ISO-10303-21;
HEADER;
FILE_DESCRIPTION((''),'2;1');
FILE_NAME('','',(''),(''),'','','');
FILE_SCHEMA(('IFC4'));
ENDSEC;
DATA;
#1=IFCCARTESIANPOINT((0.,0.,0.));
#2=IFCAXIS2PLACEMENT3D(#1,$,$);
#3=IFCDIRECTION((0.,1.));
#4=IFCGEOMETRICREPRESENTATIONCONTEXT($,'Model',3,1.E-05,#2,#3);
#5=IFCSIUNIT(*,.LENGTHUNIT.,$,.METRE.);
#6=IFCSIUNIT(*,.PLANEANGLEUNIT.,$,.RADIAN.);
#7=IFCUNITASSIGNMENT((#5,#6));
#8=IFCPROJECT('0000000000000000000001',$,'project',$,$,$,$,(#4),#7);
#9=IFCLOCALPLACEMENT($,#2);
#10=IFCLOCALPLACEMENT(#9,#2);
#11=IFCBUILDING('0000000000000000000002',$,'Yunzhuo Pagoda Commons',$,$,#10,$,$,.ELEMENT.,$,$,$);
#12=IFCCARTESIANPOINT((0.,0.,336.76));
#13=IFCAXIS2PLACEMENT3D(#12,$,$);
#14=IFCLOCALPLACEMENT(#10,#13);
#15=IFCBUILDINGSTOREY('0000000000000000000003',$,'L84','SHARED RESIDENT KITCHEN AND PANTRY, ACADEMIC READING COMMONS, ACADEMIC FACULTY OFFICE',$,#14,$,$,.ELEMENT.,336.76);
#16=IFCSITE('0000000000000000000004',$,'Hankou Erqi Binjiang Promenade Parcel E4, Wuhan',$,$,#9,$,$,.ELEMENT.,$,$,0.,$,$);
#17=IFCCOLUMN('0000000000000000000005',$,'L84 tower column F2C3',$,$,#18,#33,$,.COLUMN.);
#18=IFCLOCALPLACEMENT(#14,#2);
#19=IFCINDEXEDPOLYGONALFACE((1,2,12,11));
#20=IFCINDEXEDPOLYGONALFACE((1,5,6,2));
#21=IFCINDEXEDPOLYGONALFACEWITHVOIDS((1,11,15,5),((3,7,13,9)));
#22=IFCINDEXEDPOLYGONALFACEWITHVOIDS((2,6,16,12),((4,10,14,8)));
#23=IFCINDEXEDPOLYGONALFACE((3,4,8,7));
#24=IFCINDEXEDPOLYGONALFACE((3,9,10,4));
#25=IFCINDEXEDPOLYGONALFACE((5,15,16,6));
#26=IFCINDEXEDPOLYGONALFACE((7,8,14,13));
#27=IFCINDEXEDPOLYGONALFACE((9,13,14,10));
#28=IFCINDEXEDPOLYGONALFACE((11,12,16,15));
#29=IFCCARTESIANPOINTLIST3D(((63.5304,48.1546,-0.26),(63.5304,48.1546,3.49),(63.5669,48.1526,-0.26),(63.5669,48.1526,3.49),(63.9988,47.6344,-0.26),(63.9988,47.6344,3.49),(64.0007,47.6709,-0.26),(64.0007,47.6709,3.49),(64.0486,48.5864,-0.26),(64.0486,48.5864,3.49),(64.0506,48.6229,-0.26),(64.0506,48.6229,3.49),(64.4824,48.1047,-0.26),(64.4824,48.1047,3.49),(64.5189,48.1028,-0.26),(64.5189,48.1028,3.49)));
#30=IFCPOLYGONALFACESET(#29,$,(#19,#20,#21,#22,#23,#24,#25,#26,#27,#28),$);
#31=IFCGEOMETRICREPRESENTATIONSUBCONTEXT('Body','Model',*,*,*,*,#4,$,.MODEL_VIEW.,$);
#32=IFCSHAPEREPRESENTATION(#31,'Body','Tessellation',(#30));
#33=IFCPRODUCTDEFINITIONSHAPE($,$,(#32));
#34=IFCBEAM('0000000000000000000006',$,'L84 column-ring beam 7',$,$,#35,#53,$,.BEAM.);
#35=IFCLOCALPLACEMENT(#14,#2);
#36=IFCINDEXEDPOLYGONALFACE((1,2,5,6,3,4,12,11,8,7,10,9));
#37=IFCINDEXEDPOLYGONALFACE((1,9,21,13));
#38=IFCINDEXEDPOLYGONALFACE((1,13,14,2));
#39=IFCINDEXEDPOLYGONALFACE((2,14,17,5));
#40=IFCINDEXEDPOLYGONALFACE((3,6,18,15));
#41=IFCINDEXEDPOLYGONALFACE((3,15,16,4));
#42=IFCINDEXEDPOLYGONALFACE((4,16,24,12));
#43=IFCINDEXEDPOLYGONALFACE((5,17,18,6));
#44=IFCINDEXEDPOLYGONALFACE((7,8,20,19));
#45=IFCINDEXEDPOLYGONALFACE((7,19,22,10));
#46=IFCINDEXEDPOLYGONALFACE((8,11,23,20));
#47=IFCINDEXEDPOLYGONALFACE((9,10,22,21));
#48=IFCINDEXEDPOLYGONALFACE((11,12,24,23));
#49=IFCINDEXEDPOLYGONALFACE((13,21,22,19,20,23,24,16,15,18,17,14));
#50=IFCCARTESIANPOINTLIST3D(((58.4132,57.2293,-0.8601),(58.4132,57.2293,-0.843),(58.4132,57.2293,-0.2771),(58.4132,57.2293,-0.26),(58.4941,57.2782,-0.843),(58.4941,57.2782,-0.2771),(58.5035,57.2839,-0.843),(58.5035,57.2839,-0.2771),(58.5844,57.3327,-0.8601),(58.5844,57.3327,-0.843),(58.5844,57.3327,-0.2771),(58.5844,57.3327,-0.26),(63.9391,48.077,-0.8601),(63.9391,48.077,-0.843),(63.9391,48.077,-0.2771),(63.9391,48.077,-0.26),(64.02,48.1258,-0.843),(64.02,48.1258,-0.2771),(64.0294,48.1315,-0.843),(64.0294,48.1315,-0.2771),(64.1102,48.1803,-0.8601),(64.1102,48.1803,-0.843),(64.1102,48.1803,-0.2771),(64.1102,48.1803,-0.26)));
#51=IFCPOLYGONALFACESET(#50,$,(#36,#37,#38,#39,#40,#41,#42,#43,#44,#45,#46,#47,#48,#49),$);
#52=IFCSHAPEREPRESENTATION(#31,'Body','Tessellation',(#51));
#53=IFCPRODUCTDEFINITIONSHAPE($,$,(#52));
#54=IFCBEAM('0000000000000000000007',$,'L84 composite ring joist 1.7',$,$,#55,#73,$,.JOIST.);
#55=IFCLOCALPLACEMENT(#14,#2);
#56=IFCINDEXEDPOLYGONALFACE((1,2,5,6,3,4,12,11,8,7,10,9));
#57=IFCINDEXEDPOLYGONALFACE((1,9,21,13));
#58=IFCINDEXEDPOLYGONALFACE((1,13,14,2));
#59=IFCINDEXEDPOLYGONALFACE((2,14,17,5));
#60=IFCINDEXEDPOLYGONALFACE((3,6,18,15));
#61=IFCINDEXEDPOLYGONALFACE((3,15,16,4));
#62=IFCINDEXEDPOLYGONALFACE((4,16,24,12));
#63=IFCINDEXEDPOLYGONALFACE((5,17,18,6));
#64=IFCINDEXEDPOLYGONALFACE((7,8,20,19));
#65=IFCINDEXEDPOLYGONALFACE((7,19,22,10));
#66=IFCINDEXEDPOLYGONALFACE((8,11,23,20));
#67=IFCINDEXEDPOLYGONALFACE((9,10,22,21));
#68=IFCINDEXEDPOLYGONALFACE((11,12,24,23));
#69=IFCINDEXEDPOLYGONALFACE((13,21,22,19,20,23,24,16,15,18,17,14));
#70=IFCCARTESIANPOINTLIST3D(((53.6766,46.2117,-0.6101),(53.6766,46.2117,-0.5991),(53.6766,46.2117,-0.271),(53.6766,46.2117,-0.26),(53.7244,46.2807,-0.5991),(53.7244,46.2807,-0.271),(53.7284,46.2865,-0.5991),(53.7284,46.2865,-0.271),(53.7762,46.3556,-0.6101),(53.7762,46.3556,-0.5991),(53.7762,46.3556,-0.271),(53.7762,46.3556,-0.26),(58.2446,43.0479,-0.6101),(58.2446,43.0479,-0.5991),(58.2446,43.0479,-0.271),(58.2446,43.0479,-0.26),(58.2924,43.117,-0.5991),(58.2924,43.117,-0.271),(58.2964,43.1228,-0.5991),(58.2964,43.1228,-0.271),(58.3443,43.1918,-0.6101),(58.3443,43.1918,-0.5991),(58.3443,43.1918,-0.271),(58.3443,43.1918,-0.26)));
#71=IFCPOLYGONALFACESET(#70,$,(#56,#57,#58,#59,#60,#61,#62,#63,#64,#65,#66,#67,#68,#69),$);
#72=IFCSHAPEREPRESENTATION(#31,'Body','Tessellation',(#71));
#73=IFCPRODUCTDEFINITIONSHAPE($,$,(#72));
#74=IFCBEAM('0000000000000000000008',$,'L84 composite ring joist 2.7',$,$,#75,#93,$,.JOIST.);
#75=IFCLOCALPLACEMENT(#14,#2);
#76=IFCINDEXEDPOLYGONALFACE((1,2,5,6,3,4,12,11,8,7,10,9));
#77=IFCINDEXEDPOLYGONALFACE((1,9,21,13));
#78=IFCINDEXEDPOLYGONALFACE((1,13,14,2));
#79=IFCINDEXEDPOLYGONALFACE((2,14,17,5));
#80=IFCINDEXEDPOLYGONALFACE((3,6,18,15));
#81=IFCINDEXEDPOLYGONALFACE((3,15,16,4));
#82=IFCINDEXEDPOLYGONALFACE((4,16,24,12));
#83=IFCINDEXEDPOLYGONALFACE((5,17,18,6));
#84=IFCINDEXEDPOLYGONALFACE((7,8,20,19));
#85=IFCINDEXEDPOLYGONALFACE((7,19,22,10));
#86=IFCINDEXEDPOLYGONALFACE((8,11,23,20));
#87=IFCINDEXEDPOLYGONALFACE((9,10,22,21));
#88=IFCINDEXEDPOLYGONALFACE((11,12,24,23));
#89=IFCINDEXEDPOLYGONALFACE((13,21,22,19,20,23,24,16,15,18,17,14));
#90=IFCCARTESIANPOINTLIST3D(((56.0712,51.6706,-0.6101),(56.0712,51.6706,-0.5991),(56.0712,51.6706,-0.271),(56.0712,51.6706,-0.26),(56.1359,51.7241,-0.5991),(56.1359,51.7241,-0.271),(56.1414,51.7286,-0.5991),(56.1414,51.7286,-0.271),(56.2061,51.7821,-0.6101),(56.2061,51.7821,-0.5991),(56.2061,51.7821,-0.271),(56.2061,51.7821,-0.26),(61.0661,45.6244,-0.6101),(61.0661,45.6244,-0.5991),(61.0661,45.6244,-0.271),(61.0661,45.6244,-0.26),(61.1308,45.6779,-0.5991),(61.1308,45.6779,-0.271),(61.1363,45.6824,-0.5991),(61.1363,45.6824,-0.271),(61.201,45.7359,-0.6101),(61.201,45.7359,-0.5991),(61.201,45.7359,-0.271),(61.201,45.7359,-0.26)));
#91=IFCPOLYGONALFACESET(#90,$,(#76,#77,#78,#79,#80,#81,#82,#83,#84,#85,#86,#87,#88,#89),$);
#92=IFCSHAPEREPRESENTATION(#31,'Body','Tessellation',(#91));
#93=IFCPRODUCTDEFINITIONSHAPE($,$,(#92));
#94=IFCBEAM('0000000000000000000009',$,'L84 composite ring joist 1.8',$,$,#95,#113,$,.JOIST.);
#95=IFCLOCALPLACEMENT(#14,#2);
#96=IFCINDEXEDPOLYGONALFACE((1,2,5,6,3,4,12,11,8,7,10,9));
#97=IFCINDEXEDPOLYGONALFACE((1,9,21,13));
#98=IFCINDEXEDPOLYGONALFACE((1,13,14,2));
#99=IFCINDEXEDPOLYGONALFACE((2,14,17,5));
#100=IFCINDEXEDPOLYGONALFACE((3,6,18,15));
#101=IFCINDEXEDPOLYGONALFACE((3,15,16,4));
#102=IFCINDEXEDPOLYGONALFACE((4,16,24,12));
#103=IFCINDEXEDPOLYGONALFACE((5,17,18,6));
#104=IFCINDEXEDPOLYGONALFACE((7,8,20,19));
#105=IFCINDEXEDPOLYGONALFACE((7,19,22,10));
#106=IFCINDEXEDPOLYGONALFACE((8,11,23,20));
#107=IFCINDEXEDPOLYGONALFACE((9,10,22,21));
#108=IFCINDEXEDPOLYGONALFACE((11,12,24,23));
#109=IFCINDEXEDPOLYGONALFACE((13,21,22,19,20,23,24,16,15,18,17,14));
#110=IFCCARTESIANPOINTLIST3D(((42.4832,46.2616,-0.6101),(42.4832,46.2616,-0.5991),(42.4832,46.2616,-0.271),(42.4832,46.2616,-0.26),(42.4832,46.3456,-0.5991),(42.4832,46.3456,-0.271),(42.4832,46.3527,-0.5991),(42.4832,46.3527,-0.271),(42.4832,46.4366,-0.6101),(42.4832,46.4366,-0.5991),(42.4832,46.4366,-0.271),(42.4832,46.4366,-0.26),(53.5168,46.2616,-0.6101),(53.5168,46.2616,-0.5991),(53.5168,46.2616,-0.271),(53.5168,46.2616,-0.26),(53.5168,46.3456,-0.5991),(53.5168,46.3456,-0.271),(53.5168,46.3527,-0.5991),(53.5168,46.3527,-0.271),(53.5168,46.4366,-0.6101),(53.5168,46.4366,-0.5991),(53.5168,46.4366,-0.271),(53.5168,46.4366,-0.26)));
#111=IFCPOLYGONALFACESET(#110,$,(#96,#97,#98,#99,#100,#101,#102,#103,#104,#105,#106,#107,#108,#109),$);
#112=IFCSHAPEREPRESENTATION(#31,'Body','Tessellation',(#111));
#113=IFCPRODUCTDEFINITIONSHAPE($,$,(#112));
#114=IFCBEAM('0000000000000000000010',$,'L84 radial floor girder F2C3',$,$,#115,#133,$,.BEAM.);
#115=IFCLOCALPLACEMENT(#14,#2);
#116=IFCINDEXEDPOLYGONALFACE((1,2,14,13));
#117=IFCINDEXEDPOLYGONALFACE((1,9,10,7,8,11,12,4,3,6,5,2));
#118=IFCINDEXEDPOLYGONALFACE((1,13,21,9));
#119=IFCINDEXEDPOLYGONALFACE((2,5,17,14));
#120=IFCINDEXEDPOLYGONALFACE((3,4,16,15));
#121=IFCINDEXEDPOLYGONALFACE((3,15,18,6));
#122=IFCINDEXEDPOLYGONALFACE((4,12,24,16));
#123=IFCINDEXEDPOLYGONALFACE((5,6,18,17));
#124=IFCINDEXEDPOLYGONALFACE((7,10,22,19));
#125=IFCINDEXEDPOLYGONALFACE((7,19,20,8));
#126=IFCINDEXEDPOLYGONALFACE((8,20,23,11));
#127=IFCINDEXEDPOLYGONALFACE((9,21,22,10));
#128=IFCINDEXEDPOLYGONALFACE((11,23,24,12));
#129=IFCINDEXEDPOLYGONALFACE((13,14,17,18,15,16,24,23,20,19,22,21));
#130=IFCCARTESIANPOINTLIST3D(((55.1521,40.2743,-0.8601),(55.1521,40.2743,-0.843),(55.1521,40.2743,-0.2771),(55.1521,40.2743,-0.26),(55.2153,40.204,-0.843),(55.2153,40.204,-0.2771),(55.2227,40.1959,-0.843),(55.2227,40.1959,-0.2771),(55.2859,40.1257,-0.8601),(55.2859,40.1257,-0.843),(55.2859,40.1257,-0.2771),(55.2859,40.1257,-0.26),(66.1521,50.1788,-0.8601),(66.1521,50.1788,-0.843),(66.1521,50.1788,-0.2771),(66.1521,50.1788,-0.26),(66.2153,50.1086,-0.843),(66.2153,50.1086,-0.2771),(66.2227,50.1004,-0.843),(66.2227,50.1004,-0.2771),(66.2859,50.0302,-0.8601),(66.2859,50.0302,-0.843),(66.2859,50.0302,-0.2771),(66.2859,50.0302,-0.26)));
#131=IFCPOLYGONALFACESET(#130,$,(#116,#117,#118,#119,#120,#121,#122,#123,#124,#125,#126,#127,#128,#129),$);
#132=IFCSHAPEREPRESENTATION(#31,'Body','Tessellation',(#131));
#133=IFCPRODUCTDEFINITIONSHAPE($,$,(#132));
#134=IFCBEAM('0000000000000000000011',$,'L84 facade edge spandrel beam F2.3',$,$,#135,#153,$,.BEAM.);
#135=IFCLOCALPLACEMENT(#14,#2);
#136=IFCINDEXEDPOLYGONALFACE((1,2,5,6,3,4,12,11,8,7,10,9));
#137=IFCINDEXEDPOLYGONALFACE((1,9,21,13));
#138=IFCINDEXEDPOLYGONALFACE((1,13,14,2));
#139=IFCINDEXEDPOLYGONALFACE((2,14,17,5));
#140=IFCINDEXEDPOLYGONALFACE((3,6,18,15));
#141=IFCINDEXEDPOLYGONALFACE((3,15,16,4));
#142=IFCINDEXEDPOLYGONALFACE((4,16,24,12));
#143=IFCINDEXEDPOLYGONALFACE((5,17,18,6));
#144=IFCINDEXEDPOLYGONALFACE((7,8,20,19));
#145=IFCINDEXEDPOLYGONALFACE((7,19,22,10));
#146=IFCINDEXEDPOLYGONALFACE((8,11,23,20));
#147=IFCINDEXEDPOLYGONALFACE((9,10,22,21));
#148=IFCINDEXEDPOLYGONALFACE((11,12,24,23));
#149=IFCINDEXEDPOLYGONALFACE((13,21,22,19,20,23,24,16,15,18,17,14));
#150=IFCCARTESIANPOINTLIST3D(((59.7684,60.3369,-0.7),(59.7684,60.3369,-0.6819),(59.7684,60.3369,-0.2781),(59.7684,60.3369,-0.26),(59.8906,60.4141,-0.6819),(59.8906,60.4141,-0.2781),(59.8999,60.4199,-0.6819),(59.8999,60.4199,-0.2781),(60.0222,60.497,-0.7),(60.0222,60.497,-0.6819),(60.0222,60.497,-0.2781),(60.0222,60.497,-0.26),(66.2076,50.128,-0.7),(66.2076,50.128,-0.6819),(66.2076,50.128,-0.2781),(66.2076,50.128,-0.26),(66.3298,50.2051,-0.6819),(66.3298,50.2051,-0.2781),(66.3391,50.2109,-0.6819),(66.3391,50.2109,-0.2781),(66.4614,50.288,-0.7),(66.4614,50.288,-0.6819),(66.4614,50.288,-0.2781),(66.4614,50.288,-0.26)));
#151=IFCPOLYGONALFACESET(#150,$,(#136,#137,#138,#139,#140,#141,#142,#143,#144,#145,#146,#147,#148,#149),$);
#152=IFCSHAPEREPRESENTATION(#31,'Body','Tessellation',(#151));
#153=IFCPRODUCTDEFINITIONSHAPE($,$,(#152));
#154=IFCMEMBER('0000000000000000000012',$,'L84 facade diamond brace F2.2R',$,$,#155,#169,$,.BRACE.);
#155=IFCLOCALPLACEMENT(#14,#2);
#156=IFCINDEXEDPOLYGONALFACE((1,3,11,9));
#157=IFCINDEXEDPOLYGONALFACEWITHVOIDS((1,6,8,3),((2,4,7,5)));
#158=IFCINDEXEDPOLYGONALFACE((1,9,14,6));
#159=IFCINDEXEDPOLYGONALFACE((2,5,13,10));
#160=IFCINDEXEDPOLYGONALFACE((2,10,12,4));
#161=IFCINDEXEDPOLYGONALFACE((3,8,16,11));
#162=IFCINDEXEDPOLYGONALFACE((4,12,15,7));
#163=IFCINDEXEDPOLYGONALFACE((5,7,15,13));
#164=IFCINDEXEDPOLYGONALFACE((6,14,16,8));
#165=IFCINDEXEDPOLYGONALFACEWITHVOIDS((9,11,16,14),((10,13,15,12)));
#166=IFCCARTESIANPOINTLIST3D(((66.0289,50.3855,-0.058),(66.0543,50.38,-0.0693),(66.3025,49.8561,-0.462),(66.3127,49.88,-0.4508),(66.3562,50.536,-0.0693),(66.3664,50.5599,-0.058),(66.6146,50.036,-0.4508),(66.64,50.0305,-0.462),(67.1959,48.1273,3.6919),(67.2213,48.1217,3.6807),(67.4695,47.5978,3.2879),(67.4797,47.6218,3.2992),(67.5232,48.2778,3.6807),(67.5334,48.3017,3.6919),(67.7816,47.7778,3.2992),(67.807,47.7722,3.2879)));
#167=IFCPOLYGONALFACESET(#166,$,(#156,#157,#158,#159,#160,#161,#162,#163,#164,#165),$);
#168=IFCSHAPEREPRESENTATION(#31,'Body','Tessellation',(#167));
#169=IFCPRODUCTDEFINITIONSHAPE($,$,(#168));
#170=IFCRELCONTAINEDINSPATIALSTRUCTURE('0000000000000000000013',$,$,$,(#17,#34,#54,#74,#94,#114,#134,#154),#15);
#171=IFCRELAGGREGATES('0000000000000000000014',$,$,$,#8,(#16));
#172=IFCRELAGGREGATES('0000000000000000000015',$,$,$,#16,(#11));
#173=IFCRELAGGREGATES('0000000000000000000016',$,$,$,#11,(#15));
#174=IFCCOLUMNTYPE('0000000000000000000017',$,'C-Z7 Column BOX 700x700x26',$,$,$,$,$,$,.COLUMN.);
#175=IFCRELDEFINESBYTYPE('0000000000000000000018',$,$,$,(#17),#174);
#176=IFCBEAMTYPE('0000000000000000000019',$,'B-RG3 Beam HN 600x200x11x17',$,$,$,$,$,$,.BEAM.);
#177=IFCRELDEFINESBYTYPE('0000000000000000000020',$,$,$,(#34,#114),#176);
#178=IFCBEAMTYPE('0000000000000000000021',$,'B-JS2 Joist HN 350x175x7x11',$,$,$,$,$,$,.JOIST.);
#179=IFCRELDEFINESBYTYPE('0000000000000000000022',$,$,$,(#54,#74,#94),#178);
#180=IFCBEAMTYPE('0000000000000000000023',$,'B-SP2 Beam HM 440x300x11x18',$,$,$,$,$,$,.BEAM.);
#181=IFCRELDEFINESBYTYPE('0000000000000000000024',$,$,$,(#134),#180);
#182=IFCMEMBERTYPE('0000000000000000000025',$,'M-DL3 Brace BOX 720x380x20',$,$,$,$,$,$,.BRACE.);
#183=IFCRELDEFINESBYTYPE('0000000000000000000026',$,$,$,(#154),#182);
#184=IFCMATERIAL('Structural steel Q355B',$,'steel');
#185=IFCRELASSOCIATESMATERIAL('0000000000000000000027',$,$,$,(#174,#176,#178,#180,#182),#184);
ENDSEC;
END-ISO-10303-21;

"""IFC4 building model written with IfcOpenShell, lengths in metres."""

from ifc_helpers import new_model, si_unit, direction, frame, origin, origin_2d, place, context, subcontext, project, spatial, hollow_rectangle, i_section, extrude, source, transform, mapped, material, material_profile, profile_set, type_object, element, save


model = new_model("IFC4")

# Units and contexts
model_context = context("Model", 3, precision=1e-05, world=origin(), true_north=direction((0.0, 1.0)))
body_context = subcontext(model_context, "Body", "Model", "MODEL_VIEW")
ifc_project = project(units=[si_unit("LENGTHUNIT", "METRE"), si_unit("PLANEANGLEUNIT", "RADIAN")], contexts=[model_context])

# Site, building, storey
site_placement = place(None, origin())
site = spatial("IfcSite", under=ifc_project, at=site_placement, Name="Hankou Erqi Binjiang Promenade Parcel E4, Wuhan", CompositionType="ELEMENT", RefElevation=0.0)
building_placement = place(site_placement, origin())
building = spatial("IfcBuilding", under=site, at=building_placement, Name="Yunzhuo Pagoda Commons", CompositionType="ELEMENT")
storey_placement = place(building_placement, frame((0.0, 0.0, 336.76)))
storey = spatial("IfcBuildingStorey", under=building, at=storey_placement, Name="L84", Description="SHARED RESIDENT KITCHEN AND PANTRY, ACADEMIC READING COMMONS, ACADEMIC FACULTY OFFICE", CompositionType="ELEMENT", Elevation=336.76)

# Column
ifc_material_1 = material(Name="Structural steel Q355B", Category="steel")
ifc_material_profile_1 = material_profile(ifc_material_1, hollow_rectangle(XDim=0.7, YDim=0.7, WallThickness=0.0259, at=origin_2d()), Name="Structural steel Q355B")
ifc_profile_set_1 = profile_set([ifc_material_profile_1], Name="Structural steel Q355B")
column_type = type_object("IfcColumnType", Name="C-Z7 Column BOX 700x700x26", PredefinedType="COLUMN", material=ifc_profile_set_1)
shared_shape_1 = source(origin(), body_context, "Body", "SweptSolid", [
    extrude(hollow_rectangle(XDim=0.7, YDim=0.7, WallThickness=0.0259, at=origin_2d()), origin(), (0.0, 0.0, 1.0), 3.75),
])
column_placement = place(storey_placement, frame((64.0247, 48.1287, -0.26), z_axis=(0.0, 0.0, 1.0), x_axis=(-0.669131, 0.743145, 0.0)))
element("IfcColumn", 1, at=column_placement, inside=storey, type_object=column_type, Name="L84 tower column F2C3", PredefinedType="COLUMN", context=body_context, shape_type="MappedRepresentation", body=[
    mapped(shared_shape_1, transform((0.0, 0.0, 0.0), scale=1.0)),
])

# Beams
ifc_material_profile_2 = material_profile(ifc_material_1, i_section(OverallWidth=0.2, OverallDepth=0.6001, WebThickness=0.011, FlangeThickness=0.0171, at=origin_2d()), Name="Structural steel Q355B")
ifc_profile_set_2 = profile_set([ifc_material_profile_2], Name="Structural steel Q355B")
beam_type_1 = type_object("IfcBeamType", Name="B-RG3 Beam HN 600x200x11x17", PredefinedType="BEAM", material=ifc_profile_set_2)
shared_shape_2 = source(origin(), body_context, "Body", "SweptSolid", [
    extrude(i_section(OverallWidth=0.2, OverallDepth=0.6001, WebThickness=0.011, FlangeThickness=0.0171, at=origin_2d()), origin(), (0.0, 0.0, 1.0), 10.6912),
])
beam_1_placement = place(storey_placement, frame((64.0247, 48.1287, -0.5601), z_axis=(-0.516865, 0.856067, 0.0), x_axis=(-0.856067, -0.516865, 0.0)))
element("IfcBeam", 2, at=beam_1_placement, inside=storey, type_object=beam_type_1, Name="L84 column-ring beam 7", PredefinedType="BEAM", context=body_context, shape_type="MappedRepresentation", body=[
    mapped(shared_shape_2, transform((0.0, 0.0, 0.0), scale=1.0)),
])
ifc_material_profile_3 = material_profile(ifc_material_1, i_section(OverallWidth=0.175, OverallDepth=0.3501, WebThickness=0.0071, FlangeThickness=0.011, at=origin_2d()), Name="Structural steel Q355B")
ifc_profile_set_3 = profile_set([ifc_material_profile_3], Name="Structural steel Q355B")
beam_type_2 = type_object("IfcBeamType", Name="B-JS2 Joist HN 350x175x7x11", PredefinedType="JOIST", material=ifc_profile_set_3)
shared_shape_3 = source(origin(), body_context, "Body", "SweptSolid", [
    extrude(i_section(OverallWidth=0.175, OverallDepth=0.3501, WebThickness=0.0071, FlangeThickness=0.011, at=origin_2d()), origin(), (0.0, 0.0, 1.0), 5.5566),
])
beam_2_placement = place(storey_placement, frame((58.2944, 43.1199, -0.4351), z_axis=(-0.822085, 0.569365, 0.0), x_axis=(-0.569365, -0.822085, 0.0)))
element("IfcBeam", 3, at=beam_2_placement, inside=storey, type_object=beam_type_2, Name="L84 composite ring joist 1.7", PredefinedType="JOIST", context=body_context, shape_type="MappedRepresentation", body=[
    mapped(shared_shape_3, transform((0.0, 0.0, 0.0), scale=1.0)),
])
shared_shape_4 = source(origin(), body_context, "Body", "SweptSolid", [
    extrude(i_section(OverallWidth=0.175, OverallDepth=0.3501, WebThickness=0.0071, FlangeThickness=0.011, at=origin_2d()), origin(), (0.0, 0.0, 1.0), 7.8425),
])
beam_3_placement = place(storey_placement, frame((61.1335, 45.6802, -0.4351), z_axis=(-0.636899, 0.770947, 0.0), x_axis=(-0.770947, -0.636899, 0.0)))
element("IfcBeam", 4, at=beam_3_placement, inside=storey, type_object=beam_type_2, Name="L84 composite ring joist 2.7", PredefinedType="JOIST", context=body_context, shape_type="MappedRepresentation", body=[
    mapped(shared_shape_4, transform((0.0, 0.0, 0.0), scale=1.0)),
])
shared_shape_5 = source(origin(), body_context, "Body", "SweptSolid", [
    extrude(i_section(OverallWidth=0.175, OverallDepth=0.3501, WebThickness=0.0071, FlangeThickness=0.011, at=origin_2d()), origin(), (0.0, 0.0, 1.0), 11.0337),
])
beam_4_placement = place(storey_placement, frame((53.5168, 46.3491, -0.4351), z_axis=(-1.0, 0.0, 0.0), x_axis=(0.0, -1.0, 0.0)))
element("IfcBeam", 5, at=beam_4_placement, inside=storey, type_object=beam_type_2, Name="L84 composite ring joist 1.8", PredefinedType="JOIST", context=body_context, shape_type="MappedRepresentation", body=[
    mapped(shared_shape_5, transform((0.0, 0.0, 0.0), scale=1.0)),
])
shared_shape_6 = source(origin(), body_context, "Body", "SweptSolid", [
    extrude(i_section(OverallWidth=0.2, OverallDepth=0.6001, WebThickness=0.011, FlangeThickness=0.0171, at=origin_2d()), origin(), (0.0, 0.0, 1.0), 14.802),
])
beam_5_placement = place(storey_placement, frame((66.219, 50.1045, -0.5601), z_axis=(-0.743142, -0.669134, 0.0), x_axis=(0.669134, -0.743142, 0.0)))
element("IfcBeam", 6, at=beam_5_placement, inside=storey, type_object=beam_type_1, Name="L84 radial floor girder F2C3", PredefinedType="BEAM", context=body_context, shape_type="MappedRepresentation", body=[
    mapped(shared_shape_6, transform((0.0, 0.0, 0.0), scale=1.0)),
])
ifc_material_profile_4 = material_profile(ifc_material_1, i_section(OverallWidth=0.3, OverallDepth=0.4399, WebThickness=0.011, FlangeThickness=0.0181, at=origin_2d()), Name="Structural steel Q355B")
ifc_profile_set_4 = profile_set([ifc_material_profile_4], Name="Structural steel Q355B")
beam_type_3 = type_object("IfcBeamType", Name="B-SP2 Beam HM 440x300x11x18", PredefinedType="BEAM", material=ifc_profile_set_4)
shared_shape_7 = source(origin(), body_context, "Body", "SweptSolid", [
    extrude(i_section(OverallWidth=0.3, OverallDepth=0.4399, WebThickness=0.011, FlangeThickness=0.0181, at=origin_2d()), origin(), (0.0, 0.0, 1.0), 12.0701),
])
beam_6_placement = place(storey_placement, frame((66.3345, 50.208, -0.48), z_axis=(-0.533485, 0.845809, 0.0), x_axis=(-0.845809, -0.533485, 0.0)))
element("IfcBeam", 7, at=beam_6_placement, inside=storey, type_object=beam_type_3, Name="L84 facade edge spandrel beam F2.3", PredefinedType="BEAM", context=body_context, shape_type="MappedRepresentation", body=[
    mapped(shared_shape_7, transform((0.0, 0.0, 0.0), scale=1.0)),
])

# Member
ifc_material_profile_5 = material_profile(ifc_material_1, hollow_rectangle(XDim=0.3799, YDim=0.72, WallThickness=0.02, at=origin_2d()), Name="Structural steel Q355B")
ifc_profile_set_5 = profile_set([ifc_material_profile_5], Name="Structural steel Q355B")
member_type_1 = type_object("IfcMemberType", Name="M-DL3 Brace BOX 720x380x20", PredefinedType="BRACE", material=ifc_profile_set_5)
shared_shape_8 = source(origin(), body_context, "Body", "SweptSolid", [
    extrude(hollow_rectangle(XDim=0.3799, YDim=0.72, WallThickness=0.02, at=origin_2d()), origin(), (0.0, 0.0, 1.0), 4.5303),
])
member_1_placement = place(storey_placement, frame((66.3345, 50.208, -0.26), z_axis=(0.257593, -0.49848, 0.827746), x_axis=(0.888393, 0.459083, 0.0)))
element("IfcMember", 8, at=member_1_placement, inside=storey, type_object=member_type_1, Name="L84 facade diamond brace F2.2R", PredefinedType="BRACE", context=body_context, shape_type="MappedRepresentation", body=[
    mapped(shared_shape_8, transform((0.0, 0.0, 0.0), scale=1.0)),
])

save(model, "model.ifc")
